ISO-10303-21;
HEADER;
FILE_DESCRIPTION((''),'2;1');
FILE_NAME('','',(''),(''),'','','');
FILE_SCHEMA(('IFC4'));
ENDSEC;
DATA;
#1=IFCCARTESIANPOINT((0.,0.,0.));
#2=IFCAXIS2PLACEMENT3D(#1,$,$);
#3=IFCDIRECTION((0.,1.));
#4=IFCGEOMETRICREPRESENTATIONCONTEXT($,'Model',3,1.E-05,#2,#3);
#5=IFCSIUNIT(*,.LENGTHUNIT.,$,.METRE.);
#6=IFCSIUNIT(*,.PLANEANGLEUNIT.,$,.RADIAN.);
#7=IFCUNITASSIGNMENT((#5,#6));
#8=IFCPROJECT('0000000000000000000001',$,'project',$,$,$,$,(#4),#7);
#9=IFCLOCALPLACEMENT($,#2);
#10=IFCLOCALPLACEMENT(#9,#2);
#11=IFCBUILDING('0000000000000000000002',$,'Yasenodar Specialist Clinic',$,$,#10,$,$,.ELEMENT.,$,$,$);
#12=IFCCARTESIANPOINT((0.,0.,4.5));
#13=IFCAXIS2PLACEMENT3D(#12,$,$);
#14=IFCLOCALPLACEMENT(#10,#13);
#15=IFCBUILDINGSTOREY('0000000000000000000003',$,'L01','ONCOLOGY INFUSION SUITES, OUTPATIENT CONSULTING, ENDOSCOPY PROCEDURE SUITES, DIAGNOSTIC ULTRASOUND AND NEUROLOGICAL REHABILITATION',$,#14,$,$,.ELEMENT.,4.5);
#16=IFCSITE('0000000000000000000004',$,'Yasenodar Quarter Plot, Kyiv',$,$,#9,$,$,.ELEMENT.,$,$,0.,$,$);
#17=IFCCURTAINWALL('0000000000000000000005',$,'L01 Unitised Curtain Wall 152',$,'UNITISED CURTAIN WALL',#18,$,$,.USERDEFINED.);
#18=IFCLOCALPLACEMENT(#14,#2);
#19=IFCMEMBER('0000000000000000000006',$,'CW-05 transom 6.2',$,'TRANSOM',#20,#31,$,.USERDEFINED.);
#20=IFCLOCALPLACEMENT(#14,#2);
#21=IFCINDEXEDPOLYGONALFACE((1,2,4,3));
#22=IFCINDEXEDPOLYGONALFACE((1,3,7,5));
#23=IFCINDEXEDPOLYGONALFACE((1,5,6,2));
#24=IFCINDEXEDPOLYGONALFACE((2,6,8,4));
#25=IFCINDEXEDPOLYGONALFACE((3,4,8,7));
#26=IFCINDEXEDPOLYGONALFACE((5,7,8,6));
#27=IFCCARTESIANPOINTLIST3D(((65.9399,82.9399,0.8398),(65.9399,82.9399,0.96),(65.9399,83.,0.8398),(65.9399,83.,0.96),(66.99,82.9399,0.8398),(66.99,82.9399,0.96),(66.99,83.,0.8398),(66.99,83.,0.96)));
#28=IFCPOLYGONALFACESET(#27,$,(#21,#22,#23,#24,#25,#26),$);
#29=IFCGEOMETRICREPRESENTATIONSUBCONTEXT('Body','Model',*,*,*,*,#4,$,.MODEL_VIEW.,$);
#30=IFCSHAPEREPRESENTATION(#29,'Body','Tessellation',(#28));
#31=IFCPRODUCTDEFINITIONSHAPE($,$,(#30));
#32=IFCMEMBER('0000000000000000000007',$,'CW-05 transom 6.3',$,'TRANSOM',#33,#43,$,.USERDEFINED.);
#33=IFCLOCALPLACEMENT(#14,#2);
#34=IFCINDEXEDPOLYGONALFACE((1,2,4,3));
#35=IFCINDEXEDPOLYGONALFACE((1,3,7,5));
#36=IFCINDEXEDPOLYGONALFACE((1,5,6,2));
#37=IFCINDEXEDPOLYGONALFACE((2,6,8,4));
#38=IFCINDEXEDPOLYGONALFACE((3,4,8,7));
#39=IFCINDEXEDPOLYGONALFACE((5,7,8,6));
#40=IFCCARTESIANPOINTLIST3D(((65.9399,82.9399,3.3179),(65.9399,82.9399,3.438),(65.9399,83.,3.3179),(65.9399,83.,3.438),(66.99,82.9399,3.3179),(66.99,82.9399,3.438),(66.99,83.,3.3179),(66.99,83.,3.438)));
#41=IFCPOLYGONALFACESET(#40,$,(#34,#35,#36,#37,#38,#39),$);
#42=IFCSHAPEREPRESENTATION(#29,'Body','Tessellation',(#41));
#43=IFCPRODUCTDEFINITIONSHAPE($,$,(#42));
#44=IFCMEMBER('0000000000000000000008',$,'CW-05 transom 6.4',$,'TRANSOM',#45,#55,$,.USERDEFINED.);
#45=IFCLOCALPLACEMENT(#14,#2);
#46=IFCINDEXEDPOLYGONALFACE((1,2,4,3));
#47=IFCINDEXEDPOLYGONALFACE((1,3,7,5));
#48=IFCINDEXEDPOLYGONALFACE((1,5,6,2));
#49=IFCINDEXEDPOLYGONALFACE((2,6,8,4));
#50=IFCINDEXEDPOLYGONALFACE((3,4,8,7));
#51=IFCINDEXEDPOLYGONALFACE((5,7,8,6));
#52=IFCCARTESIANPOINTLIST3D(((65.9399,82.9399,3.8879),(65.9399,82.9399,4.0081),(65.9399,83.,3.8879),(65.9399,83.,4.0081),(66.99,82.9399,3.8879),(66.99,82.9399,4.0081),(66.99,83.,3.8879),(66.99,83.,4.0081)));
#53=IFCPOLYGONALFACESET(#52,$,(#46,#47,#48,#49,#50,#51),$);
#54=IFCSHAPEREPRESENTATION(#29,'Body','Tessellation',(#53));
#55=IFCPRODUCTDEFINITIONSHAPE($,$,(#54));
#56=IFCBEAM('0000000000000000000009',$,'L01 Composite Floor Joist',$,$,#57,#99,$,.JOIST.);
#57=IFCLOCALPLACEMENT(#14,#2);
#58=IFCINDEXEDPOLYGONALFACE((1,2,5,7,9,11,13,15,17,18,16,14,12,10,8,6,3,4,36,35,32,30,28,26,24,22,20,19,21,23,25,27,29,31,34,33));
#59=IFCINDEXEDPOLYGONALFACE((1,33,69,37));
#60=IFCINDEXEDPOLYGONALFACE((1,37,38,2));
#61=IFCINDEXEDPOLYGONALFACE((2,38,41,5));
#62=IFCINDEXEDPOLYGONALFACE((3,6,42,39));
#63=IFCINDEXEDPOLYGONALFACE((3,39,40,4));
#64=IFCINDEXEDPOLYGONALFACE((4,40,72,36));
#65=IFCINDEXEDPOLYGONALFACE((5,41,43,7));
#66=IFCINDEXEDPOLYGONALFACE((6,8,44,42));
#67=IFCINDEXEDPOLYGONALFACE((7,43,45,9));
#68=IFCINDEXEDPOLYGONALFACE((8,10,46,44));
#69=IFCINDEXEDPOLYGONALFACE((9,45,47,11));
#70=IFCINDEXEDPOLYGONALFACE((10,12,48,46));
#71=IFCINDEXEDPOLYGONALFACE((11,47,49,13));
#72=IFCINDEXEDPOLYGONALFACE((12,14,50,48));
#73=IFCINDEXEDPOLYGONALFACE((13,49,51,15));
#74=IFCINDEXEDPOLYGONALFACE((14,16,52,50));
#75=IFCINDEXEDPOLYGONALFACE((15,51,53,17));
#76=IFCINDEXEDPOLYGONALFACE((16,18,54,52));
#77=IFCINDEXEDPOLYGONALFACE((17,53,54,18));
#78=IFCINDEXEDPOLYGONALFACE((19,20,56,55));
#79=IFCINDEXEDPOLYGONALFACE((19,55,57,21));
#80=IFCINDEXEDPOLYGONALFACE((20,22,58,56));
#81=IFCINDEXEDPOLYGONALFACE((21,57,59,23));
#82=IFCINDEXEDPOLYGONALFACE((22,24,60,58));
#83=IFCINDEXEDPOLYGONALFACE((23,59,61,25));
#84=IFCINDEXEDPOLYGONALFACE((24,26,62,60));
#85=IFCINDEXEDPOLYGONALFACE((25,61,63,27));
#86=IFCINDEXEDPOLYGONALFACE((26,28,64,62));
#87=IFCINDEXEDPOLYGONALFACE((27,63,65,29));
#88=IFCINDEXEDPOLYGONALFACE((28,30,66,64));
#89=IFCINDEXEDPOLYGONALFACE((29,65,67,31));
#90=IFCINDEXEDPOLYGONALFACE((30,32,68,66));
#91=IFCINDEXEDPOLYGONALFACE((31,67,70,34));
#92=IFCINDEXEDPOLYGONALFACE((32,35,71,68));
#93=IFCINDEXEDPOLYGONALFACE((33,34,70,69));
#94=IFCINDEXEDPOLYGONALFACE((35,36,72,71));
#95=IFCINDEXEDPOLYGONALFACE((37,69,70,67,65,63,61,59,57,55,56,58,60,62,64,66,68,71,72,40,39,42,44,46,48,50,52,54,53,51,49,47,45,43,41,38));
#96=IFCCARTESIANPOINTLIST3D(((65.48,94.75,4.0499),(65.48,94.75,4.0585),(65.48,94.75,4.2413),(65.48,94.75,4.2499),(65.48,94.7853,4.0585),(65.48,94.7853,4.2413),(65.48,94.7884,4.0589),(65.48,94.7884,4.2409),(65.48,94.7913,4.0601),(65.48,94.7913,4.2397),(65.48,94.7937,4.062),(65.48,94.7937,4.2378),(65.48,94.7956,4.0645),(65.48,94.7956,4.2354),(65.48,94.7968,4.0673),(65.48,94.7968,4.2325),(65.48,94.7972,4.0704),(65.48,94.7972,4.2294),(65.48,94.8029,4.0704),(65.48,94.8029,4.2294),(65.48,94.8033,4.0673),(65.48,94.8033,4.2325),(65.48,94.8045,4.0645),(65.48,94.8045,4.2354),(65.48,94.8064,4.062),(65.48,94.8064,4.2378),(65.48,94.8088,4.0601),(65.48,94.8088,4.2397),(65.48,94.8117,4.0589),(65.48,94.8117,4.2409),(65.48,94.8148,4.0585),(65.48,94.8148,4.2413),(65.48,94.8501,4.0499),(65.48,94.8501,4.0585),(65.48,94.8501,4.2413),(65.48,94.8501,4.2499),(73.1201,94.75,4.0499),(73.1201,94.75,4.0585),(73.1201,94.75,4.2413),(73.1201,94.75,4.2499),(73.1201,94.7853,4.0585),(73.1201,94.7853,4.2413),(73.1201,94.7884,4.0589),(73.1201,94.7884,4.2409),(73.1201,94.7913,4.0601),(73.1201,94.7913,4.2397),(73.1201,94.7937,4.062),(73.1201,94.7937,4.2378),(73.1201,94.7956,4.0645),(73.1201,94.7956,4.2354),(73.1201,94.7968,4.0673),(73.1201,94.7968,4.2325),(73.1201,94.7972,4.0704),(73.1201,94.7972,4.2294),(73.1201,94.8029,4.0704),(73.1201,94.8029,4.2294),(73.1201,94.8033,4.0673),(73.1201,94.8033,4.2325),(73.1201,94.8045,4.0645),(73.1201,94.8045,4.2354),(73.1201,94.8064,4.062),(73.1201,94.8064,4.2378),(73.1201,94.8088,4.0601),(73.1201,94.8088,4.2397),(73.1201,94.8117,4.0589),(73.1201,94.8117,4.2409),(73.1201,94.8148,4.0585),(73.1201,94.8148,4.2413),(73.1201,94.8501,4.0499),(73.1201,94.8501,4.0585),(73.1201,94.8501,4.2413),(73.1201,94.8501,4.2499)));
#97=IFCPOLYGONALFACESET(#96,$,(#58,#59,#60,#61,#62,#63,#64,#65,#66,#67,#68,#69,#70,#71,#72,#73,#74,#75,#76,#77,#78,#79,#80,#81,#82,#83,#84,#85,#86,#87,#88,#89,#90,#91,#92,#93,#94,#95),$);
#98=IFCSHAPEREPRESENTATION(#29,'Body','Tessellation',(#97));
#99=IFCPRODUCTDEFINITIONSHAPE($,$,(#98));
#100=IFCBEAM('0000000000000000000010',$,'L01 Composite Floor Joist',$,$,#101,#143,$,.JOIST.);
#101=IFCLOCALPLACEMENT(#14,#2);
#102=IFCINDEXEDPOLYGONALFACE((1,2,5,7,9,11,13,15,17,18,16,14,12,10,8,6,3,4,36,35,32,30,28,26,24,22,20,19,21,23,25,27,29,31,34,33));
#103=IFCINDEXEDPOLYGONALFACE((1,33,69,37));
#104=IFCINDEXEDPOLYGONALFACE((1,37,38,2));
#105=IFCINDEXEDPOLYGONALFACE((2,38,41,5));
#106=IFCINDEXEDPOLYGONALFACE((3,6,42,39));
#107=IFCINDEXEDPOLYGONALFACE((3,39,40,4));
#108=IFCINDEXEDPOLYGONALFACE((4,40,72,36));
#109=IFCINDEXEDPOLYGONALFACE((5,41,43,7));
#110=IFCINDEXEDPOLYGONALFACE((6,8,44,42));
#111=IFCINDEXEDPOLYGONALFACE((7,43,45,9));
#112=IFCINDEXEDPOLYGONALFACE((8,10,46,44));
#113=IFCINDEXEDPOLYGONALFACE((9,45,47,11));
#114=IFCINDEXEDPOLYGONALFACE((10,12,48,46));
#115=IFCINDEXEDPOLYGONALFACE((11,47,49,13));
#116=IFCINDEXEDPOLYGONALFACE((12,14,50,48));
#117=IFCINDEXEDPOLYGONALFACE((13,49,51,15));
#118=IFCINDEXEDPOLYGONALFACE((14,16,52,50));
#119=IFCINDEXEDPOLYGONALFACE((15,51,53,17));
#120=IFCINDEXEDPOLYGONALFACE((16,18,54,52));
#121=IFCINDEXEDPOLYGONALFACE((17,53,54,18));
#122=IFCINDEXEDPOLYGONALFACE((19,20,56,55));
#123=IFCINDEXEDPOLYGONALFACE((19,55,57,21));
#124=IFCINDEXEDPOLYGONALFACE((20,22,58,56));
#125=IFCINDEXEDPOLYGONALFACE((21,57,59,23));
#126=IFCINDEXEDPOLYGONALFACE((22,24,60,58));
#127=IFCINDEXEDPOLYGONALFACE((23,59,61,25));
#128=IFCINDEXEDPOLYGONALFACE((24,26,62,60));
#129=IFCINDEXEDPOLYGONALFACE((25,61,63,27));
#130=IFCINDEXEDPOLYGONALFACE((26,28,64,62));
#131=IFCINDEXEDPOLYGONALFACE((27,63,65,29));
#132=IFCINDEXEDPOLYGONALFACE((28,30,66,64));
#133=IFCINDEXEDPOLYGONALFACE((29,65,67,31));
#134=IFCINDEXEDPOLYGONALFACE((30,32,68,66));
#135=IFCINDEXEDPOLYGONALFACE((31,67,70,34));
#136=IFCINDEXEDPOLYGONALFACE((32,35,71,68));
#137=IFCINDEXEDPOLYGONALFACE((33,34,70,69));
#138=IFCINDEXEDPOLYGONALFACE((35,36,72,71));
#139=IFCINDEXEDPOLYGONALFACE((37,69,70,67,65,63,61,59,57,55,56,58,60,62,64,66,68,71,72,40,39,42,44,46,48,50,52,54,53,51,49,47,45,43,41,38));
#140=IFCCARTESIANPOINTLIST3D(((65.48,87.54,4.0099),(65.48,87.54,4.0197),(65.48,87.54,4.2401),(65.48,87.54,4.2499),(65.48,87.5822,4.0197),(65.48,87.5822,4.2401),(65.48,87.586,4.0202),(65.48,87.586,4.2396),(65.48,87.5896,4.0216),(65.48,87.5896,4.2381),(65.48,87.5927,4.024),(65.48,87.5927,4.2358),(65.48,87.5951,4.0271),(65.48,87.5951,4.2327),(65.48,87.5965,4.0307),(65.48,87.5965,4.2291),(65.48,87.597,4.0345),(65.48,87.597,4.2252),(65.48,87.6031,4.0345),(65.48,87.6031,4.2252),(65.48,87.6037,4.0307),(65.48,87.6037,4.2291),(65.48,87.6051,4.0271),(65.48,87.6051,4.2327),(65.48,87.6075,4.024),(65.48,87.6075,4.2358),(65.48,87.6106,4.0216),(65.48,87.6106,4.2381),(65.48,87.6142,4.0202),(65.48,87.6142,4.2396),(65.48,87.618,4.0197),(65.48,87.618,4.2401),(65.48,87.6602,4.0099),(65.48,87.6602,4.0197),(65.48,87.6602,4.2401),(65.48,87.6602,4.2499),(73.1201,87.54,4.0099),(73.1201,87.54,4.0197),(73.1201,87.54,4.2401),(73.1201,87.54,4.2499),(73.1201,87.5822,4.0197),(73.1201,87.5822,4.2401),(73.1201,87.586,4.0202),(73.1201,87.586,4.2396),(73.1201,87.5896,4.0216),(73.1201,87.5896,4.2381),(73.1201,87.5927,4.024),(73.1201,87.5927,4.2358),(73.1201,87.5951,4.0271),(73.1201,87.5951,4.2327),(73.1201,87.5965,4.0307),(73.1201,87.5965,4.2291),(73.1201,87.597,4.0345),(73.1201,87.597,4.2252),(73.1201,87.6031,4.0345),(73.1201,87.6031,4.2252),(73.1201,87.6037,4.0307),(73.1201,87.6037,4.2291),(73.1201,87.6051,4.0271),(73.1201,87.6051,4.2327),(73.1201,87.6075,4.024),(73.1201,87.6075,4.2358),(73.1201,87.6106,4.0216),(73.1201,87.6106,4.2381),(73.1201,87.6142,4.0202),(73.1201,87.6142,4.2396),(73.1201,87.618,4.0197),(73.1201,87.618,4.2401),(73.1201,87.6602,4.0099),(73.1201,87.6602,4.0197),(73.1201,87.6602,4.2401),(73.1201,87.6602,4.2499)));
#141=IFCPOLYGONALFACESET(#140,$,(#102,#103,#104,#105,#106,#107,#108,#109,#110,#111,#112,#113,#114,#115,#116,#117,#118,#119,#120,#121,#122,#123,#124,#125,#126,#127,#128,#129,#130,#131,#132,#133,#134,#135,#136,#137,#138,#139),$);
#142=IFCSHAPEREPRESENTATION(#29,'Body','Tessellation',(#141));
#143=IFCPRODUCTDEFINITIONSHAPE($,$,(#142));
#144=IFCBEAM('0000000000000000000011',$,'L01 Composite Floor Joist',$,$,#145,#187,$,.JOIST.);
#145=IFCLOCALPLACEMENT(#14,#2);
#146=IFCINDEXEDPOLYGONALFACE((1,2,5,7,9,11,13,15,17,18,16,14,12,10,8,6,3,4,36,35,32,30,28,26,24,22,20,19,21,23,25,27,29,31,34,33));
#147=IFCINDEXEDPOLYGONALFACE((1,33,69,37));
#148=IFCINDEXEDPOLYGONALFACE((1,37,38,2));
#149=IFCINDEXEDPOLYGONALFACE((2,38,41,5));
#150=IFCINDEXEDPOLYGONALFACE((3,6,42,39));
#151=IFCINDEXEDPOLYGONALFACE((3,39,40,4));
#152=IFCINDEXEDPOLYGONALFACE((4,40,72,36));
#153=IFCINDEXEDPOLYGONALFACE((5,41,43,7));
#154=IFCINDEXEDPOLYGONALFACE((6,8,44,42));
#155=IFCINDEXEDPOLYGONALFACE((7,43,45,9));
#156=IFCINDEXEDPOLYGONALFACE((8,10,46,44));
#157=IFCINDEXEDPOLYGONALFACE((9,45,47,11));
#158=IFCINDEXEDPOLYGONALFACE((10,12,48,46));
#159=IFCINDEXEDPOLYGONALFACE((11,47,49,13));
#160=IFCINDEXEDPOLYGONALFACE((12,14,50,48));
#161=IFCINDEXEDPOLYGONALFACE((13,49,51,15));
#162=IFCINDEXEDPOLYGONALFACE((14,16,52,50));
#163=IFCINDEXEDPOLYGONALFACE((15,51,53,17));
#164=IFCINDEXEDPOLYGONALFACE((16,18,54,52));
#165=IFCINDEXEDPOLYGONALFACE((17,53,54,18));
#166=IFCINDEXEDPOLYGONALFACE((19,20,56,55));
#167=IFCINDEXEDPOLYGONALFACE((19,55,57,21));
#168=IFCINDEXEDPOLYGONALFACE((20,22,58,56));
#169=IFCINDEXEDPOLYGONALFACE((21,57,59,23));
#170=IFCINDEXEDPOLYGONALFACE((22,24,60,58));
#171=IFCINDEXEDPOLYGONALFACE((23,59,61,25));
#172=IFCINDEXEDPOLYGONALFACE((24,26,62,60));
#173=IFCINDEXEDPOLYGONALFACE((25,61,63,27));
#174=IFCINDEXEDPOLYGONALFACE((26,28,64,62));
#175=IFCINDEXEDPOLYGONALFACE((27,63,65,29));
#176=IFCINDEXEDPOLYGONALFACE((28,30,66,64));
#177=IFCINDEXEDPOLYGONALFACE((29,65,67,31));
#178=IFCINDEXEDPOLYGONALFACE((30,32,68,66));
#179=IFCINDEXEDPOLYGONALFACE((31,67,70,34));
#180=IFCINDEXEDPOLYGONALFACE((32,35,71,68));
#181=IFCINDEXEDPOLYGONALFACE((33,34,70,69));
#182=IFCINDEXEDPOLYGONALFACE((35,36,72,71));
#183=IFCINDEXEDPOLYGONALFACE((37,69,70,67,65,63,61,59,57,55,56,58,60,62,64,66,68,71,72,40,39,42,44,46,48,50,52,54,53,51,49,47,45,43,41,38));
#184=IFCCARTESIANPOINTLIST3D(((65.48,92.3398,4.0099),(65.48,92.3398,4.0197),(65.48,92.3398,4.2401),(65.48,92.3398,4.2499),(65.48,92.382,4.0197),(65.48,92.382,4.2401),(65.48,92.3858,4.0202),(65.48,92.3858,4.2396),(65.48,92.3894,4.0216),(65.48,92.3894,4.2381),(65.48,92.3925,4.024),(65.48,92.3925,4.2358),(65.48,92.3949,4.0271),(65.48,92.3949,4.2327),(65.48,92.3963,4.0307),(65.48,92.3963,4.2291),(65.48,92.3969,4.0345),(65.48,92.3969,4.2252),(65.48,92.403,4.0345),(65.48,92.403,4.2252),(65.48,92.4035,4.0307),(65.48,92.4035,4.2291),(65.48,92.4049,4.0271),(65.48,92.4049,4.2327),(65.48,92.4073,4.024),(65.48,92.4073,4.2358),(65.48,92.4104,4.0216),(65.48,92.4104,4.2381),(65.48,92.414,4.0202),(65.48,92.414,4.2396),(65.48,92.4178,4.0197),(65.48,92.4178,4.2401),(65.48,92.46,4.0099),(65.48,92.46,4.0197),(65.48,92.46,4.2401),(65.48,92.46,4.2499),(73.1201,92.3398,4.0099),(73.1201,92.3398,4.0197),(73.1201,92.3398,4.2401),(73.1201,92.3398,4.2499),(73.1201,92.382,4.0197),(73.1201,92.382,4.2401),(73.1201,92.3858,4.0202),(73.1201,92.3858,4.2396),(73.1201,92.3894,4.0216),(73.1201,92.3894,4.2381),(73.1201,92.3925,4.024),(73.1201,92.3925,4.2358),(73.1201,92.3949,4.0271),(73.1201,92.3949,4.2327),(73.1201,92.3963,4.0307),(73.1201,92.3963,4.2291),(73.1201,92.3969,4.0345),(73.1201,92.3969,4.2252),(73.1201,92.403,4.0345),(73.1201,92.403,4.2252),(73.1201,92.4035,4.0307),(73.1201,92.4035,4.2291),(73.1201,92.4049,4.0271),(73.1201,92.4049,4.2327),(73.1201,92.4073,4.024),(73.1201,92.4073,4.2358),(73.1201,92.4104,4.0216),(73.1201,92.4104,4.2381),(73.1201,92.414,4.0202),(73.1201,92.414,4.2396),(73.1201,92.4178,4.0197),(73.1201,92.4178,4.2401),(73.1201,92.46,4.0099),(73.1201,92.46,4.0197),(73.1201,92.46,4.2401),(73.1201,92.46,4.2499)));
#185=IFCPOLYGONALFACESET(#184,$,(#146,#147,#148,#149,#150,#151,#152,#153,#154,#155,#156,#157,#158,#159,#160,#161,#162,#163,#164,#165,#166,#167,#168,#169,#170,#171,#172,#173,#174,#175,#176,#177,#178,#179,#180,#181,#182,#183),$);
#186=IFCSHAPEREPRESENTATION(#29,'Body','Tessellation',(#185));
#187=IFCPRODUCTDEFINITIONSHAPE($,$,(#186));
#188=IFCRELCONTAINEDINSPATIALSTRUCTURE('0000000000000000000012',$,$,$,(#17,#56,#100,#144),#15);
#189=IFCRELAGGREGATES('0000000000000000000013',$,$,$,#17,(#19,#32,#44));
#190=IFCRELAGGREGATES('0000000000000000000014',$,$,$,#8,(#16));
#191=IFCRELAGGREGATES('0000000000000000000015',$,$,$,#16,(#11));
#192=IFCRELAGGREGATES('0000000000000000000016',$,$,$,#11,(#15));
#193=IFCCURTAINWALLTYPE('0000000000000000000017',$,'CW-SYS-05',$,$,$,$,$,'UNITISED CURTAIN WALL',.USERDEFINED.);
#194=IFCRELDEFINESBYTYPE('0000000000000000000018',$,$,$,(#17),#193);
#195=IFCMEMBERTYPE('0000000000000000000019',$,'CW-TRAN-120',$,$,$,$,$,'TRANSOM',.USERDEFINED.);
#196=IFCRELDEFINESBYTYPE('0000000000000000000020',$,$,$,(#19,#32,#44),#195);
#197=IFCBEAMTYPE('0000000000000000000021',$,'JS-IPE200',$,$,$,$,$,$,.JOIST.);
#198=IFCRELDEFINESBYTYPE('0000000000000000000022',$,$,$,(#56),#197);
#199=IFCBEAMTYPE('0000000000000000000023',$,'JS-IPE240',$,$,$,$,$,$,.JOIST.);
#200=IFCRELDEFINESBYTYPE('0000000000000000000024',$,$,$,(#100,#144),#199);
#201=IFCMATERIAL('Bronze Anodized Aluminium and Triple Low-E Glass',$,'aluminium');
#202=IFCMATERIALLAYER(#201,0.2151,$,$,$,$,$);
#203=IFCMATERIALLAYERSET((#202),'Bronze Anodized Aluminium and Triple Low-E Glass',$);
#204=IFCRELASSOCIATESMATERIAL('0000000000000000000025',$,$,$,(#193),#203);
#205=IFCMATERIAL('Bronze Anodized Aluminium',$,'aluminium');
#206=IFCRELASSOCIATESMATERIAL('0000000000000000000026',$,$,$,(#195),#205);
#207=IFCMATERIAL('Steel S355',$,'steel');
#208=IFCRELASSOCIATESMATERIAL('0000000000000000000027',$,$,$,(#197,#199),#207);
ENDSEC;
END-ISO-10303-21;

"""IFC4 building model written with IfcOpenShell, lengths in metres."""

from ifc_helpers import new_model, si_unit, direction, frame, origin, origin_2d, place, context, subcontext, project, spatial, rectangle, i_section, extrude, material, layer, layer_set, material_profile, profile_set, type_object, element, aggregate, save


model = new_model("IFC4")

# Units and contexts
model_context = context("Model", 3, precision=1e-05, world=origin(), true_north=direction((0.0, 1.0)))
body_context = subcontext(model_context, "Body", "Model", "MODEL_VIEW")
ifc_project = project(units=[si_unit("LENGTHUNIT", "METRE"), si_unit("PLANEANGLEUNIT", "RADIAN")], contexts=[model_context])

# Site, building, storey
site_placement = place(None, origin())
site = spatial("IfcSite", under=ifc_project, at=site_placement, Name="Yasenodar Quarter Plot, Kyiv", CompositionType="ELEMENT", RefElevation=0.0)
building_placement = place(site_placement, origin())
building = spatial("IfcBuilding", under=site, at=building_placement, Name="Yasenodar Specialist Clinic", CompositionType="ELEMENT")
storey_placement = place(building_placement, frame((0.0, 0.0, 4.5)))
storey = spatial("IfcBuildingStorey", under=building, at=storey_placement, Name="L01", Description="ONCOLOGY INFUSION SUITES, OUTPATIENT CONSULTING, ENDOSCOPY PROCEDURE SUITES, DIAGNOSTIC ULTRASOUND AND NEUROLOGICAL REHABILITATION", CompositionType="ELEMENT", Elevation=4.5)

# Shared definitions
ifc_material_1 = material(Name="Steel S355", Category="steel")

# Curtain wall, members
ifc_material_2 = material(Name="Bronze Anodized Aluminium and Triple Low-E Glass", Category="aluminium")
ifc_layer_1 = layer(ifc_material_2, 0.2151)
ifc_layer_set_1 = layer_set([ifc_layer_1], Name="Bronze Anodized Aluminium and Triple Low-E Glass")
curtain_wall_type = type_object("IfcCurtainWallType", Name="CW-SYS-05", ElementType="UNITISED CURTAIN WALL", PredefinedType="USERDEFINED", material=ifc_layer_set_1)
curtain_wall_placement = place(storey_placement, origin())
curtain_wall = element("IfcCurtainWall", 1, at=curtain_wall_placement, inside=storey, type_object=curtain_wall_type, Name="L01 Unitised Curtain Wall 152", ObjectType="UNITISED CURTAIN WALL", PredefinedType="USERDEFINED")
ifc_material_3 = material(Name="Bronze Anodized Aluminium", Category="aluminium")
ifc_material_profile_1 = material_profile(ifc_material_3, rectangle(XDim=0.0601, YDim=0.1201, at=origin_2d()), Name="CW-TRAN 60x120")
ifc_profile_set_1 = profile_set([ifc_material_profile_1], Name="Bronze Anodized Aluminium")
member_type_1 = type_object("IfcMemberType", Name="CW-TRAN-120", ElementType="TRANSOM", PredefinedType="USERDEFINED", material=ifc_profile_set_1)
member_1_placement = place(storey_placement, frame((66.99, 82.97, 0.8999), z_axis=(-1.0, 0.0, 0.0), x_axis=(0.0, -1.0, 0.0)))
member_1 = element("IfcMember", 2, at=member_1_placement, type_object=member_type_1, Name="CW-05 transom 6.2", ObjectType="TRANSOM", PredefinedType="USERDEFINED", context=body_context, shape_type="SweptSolid", body=[
    extrude(rectangle(XDim=0.0601, YDim=0.1201, at=origin_2d()), origin(), (0.0, 0.0, 1.0), 1.05),
])
member_2_placement = place(storey_placement, frame((66.99, 82.97, 3.3779), z_axis=(-1.0, 0.0, 0.0), x_axis=(0.0, -1.0, 0.0)))
member_2 = element("IfcMember", 3, at=member_2_placement, type_object=member_type_1, Name="CW-05 transom 6.3", ObjectType="TRANSOM", PredefinedType="USERDEFINED", context=body_context, shape_type="SweptSolid", body=[
    extrude(rectangle(XDim=0.0601, YDim=0.1201, at=origin_2d()), origin(), (0.0, 0.0, 1.0), 1.05),
])
member_3_placement = place(storey_placement, frame((66.99, 82.97, 3.948), z_axis=(-1.0, 0.0, 0.0), x_axis=(0.0, -1.0, 0.0)))
member_3 = element("IfcMember", 4, at=member_3_placement, type_object=member_type_1, Name="CW-05 transom 6.4", ObjectType="TRANSOM", PredefinedType="USERDEFINED", context=body_context, shape_type="SweptSolid", body=[
    extrude(rectangle(XDim=0.0601, YDim=0.1201, at=origin_2d()), origin(), (0.0, 0.0, 1.0), 1.05),
])

# Beams
ifc_material_profile_2 = material_profile(ifc_material_1, i_section(OverallWidth=0.1001, OverallDepth=0.2, WebThickness=0.0056, FlangeThickness=0.0085, FilletRadius=0.012, at=origin_2d()), Name="IPE 200")
ifc_profile_set_2 = profile_set([ifc_material_profile_2], Name="Steel S355")
beam_type_1 = type_object("IfcBeamType", Name="JS-IPE200", PredefinedType="JOIST", material=ifc_profile_set_2)
beam_1_placement = place(storey_placement, frame((65.48, 94.8, 4.1499), z_axis=(1.0, 0.0, 0.0), x_axis=(0.0, 1.0, 0.0)))
element("IfcBeam", 5, at=beam_1_placement, inside=storey, type_object=beam_type_1, Name="L01 Composite Floor Joist", PredefinedType="JOIST", context=body_context, shape_type="SweptSolid", body=[
    extrude(i_section(OverallWidth=0.1001, OverallDepth=0.2, WebThickness=0.0056, FlangeThickness=0.0085, FilletRadius=0.012, at=origin_2d()), origin(), (0.0, 0.0, 1.0), 7.6401),
])
ifc_material_profile_3 = material_profile(ifc_material_1, i_section(OverallWidth=0.1201, OverallDepth=0.24, WebThickness=0.0061, FlangeThickness=0.0098, FilletRadius=0.0149, at=origin_2d()), Name="IPE 240")
ifc_profile_set_3 = profile_set([ifc_material_profile_3], Name="Steel S355")
beam_type_2 = type_object("IfcBeamType", Name="JS-IPE240", PredefinedType="JOIST", material=ifc_profile_set_3)
for number, where, z_axis, x_axis, name in (
    (6, (65.48, 87.6001, 4.1299), (1.0, 0.0, 0.0), (0.0, 1.0, 0.0), "L01 Composite Floor Joist"),
    (7, (65.48, 92.3999, 4.1299), (1.0, 0.0, 0.0), (0.0, 1.0, 0.0), "L01 Composite Floor Joist"),
):
    element("IfcBeam", number, at=place(storey_placement, frame(where, z_axis=z_axis, x_axis=x_axis)), inside=storey, type_object=beam_type_2, Name=name, PredefinedType="JOIST", context=body_context, shape_type="SweptSolid", body=[
        extrude(i_section(OverallWidth=0.1201, OverallDepth=0.24, WebThickness=0.0061, FlangeThickness=0.0098, FilletRadius=0.0149, at=origin_2d()), origin(), (0.0, 0.0, 1.0), 7.6401),
    ])

aggregate(curtain_wall, [member_1, member_2, member_3])

save(model, "model.ifc")
